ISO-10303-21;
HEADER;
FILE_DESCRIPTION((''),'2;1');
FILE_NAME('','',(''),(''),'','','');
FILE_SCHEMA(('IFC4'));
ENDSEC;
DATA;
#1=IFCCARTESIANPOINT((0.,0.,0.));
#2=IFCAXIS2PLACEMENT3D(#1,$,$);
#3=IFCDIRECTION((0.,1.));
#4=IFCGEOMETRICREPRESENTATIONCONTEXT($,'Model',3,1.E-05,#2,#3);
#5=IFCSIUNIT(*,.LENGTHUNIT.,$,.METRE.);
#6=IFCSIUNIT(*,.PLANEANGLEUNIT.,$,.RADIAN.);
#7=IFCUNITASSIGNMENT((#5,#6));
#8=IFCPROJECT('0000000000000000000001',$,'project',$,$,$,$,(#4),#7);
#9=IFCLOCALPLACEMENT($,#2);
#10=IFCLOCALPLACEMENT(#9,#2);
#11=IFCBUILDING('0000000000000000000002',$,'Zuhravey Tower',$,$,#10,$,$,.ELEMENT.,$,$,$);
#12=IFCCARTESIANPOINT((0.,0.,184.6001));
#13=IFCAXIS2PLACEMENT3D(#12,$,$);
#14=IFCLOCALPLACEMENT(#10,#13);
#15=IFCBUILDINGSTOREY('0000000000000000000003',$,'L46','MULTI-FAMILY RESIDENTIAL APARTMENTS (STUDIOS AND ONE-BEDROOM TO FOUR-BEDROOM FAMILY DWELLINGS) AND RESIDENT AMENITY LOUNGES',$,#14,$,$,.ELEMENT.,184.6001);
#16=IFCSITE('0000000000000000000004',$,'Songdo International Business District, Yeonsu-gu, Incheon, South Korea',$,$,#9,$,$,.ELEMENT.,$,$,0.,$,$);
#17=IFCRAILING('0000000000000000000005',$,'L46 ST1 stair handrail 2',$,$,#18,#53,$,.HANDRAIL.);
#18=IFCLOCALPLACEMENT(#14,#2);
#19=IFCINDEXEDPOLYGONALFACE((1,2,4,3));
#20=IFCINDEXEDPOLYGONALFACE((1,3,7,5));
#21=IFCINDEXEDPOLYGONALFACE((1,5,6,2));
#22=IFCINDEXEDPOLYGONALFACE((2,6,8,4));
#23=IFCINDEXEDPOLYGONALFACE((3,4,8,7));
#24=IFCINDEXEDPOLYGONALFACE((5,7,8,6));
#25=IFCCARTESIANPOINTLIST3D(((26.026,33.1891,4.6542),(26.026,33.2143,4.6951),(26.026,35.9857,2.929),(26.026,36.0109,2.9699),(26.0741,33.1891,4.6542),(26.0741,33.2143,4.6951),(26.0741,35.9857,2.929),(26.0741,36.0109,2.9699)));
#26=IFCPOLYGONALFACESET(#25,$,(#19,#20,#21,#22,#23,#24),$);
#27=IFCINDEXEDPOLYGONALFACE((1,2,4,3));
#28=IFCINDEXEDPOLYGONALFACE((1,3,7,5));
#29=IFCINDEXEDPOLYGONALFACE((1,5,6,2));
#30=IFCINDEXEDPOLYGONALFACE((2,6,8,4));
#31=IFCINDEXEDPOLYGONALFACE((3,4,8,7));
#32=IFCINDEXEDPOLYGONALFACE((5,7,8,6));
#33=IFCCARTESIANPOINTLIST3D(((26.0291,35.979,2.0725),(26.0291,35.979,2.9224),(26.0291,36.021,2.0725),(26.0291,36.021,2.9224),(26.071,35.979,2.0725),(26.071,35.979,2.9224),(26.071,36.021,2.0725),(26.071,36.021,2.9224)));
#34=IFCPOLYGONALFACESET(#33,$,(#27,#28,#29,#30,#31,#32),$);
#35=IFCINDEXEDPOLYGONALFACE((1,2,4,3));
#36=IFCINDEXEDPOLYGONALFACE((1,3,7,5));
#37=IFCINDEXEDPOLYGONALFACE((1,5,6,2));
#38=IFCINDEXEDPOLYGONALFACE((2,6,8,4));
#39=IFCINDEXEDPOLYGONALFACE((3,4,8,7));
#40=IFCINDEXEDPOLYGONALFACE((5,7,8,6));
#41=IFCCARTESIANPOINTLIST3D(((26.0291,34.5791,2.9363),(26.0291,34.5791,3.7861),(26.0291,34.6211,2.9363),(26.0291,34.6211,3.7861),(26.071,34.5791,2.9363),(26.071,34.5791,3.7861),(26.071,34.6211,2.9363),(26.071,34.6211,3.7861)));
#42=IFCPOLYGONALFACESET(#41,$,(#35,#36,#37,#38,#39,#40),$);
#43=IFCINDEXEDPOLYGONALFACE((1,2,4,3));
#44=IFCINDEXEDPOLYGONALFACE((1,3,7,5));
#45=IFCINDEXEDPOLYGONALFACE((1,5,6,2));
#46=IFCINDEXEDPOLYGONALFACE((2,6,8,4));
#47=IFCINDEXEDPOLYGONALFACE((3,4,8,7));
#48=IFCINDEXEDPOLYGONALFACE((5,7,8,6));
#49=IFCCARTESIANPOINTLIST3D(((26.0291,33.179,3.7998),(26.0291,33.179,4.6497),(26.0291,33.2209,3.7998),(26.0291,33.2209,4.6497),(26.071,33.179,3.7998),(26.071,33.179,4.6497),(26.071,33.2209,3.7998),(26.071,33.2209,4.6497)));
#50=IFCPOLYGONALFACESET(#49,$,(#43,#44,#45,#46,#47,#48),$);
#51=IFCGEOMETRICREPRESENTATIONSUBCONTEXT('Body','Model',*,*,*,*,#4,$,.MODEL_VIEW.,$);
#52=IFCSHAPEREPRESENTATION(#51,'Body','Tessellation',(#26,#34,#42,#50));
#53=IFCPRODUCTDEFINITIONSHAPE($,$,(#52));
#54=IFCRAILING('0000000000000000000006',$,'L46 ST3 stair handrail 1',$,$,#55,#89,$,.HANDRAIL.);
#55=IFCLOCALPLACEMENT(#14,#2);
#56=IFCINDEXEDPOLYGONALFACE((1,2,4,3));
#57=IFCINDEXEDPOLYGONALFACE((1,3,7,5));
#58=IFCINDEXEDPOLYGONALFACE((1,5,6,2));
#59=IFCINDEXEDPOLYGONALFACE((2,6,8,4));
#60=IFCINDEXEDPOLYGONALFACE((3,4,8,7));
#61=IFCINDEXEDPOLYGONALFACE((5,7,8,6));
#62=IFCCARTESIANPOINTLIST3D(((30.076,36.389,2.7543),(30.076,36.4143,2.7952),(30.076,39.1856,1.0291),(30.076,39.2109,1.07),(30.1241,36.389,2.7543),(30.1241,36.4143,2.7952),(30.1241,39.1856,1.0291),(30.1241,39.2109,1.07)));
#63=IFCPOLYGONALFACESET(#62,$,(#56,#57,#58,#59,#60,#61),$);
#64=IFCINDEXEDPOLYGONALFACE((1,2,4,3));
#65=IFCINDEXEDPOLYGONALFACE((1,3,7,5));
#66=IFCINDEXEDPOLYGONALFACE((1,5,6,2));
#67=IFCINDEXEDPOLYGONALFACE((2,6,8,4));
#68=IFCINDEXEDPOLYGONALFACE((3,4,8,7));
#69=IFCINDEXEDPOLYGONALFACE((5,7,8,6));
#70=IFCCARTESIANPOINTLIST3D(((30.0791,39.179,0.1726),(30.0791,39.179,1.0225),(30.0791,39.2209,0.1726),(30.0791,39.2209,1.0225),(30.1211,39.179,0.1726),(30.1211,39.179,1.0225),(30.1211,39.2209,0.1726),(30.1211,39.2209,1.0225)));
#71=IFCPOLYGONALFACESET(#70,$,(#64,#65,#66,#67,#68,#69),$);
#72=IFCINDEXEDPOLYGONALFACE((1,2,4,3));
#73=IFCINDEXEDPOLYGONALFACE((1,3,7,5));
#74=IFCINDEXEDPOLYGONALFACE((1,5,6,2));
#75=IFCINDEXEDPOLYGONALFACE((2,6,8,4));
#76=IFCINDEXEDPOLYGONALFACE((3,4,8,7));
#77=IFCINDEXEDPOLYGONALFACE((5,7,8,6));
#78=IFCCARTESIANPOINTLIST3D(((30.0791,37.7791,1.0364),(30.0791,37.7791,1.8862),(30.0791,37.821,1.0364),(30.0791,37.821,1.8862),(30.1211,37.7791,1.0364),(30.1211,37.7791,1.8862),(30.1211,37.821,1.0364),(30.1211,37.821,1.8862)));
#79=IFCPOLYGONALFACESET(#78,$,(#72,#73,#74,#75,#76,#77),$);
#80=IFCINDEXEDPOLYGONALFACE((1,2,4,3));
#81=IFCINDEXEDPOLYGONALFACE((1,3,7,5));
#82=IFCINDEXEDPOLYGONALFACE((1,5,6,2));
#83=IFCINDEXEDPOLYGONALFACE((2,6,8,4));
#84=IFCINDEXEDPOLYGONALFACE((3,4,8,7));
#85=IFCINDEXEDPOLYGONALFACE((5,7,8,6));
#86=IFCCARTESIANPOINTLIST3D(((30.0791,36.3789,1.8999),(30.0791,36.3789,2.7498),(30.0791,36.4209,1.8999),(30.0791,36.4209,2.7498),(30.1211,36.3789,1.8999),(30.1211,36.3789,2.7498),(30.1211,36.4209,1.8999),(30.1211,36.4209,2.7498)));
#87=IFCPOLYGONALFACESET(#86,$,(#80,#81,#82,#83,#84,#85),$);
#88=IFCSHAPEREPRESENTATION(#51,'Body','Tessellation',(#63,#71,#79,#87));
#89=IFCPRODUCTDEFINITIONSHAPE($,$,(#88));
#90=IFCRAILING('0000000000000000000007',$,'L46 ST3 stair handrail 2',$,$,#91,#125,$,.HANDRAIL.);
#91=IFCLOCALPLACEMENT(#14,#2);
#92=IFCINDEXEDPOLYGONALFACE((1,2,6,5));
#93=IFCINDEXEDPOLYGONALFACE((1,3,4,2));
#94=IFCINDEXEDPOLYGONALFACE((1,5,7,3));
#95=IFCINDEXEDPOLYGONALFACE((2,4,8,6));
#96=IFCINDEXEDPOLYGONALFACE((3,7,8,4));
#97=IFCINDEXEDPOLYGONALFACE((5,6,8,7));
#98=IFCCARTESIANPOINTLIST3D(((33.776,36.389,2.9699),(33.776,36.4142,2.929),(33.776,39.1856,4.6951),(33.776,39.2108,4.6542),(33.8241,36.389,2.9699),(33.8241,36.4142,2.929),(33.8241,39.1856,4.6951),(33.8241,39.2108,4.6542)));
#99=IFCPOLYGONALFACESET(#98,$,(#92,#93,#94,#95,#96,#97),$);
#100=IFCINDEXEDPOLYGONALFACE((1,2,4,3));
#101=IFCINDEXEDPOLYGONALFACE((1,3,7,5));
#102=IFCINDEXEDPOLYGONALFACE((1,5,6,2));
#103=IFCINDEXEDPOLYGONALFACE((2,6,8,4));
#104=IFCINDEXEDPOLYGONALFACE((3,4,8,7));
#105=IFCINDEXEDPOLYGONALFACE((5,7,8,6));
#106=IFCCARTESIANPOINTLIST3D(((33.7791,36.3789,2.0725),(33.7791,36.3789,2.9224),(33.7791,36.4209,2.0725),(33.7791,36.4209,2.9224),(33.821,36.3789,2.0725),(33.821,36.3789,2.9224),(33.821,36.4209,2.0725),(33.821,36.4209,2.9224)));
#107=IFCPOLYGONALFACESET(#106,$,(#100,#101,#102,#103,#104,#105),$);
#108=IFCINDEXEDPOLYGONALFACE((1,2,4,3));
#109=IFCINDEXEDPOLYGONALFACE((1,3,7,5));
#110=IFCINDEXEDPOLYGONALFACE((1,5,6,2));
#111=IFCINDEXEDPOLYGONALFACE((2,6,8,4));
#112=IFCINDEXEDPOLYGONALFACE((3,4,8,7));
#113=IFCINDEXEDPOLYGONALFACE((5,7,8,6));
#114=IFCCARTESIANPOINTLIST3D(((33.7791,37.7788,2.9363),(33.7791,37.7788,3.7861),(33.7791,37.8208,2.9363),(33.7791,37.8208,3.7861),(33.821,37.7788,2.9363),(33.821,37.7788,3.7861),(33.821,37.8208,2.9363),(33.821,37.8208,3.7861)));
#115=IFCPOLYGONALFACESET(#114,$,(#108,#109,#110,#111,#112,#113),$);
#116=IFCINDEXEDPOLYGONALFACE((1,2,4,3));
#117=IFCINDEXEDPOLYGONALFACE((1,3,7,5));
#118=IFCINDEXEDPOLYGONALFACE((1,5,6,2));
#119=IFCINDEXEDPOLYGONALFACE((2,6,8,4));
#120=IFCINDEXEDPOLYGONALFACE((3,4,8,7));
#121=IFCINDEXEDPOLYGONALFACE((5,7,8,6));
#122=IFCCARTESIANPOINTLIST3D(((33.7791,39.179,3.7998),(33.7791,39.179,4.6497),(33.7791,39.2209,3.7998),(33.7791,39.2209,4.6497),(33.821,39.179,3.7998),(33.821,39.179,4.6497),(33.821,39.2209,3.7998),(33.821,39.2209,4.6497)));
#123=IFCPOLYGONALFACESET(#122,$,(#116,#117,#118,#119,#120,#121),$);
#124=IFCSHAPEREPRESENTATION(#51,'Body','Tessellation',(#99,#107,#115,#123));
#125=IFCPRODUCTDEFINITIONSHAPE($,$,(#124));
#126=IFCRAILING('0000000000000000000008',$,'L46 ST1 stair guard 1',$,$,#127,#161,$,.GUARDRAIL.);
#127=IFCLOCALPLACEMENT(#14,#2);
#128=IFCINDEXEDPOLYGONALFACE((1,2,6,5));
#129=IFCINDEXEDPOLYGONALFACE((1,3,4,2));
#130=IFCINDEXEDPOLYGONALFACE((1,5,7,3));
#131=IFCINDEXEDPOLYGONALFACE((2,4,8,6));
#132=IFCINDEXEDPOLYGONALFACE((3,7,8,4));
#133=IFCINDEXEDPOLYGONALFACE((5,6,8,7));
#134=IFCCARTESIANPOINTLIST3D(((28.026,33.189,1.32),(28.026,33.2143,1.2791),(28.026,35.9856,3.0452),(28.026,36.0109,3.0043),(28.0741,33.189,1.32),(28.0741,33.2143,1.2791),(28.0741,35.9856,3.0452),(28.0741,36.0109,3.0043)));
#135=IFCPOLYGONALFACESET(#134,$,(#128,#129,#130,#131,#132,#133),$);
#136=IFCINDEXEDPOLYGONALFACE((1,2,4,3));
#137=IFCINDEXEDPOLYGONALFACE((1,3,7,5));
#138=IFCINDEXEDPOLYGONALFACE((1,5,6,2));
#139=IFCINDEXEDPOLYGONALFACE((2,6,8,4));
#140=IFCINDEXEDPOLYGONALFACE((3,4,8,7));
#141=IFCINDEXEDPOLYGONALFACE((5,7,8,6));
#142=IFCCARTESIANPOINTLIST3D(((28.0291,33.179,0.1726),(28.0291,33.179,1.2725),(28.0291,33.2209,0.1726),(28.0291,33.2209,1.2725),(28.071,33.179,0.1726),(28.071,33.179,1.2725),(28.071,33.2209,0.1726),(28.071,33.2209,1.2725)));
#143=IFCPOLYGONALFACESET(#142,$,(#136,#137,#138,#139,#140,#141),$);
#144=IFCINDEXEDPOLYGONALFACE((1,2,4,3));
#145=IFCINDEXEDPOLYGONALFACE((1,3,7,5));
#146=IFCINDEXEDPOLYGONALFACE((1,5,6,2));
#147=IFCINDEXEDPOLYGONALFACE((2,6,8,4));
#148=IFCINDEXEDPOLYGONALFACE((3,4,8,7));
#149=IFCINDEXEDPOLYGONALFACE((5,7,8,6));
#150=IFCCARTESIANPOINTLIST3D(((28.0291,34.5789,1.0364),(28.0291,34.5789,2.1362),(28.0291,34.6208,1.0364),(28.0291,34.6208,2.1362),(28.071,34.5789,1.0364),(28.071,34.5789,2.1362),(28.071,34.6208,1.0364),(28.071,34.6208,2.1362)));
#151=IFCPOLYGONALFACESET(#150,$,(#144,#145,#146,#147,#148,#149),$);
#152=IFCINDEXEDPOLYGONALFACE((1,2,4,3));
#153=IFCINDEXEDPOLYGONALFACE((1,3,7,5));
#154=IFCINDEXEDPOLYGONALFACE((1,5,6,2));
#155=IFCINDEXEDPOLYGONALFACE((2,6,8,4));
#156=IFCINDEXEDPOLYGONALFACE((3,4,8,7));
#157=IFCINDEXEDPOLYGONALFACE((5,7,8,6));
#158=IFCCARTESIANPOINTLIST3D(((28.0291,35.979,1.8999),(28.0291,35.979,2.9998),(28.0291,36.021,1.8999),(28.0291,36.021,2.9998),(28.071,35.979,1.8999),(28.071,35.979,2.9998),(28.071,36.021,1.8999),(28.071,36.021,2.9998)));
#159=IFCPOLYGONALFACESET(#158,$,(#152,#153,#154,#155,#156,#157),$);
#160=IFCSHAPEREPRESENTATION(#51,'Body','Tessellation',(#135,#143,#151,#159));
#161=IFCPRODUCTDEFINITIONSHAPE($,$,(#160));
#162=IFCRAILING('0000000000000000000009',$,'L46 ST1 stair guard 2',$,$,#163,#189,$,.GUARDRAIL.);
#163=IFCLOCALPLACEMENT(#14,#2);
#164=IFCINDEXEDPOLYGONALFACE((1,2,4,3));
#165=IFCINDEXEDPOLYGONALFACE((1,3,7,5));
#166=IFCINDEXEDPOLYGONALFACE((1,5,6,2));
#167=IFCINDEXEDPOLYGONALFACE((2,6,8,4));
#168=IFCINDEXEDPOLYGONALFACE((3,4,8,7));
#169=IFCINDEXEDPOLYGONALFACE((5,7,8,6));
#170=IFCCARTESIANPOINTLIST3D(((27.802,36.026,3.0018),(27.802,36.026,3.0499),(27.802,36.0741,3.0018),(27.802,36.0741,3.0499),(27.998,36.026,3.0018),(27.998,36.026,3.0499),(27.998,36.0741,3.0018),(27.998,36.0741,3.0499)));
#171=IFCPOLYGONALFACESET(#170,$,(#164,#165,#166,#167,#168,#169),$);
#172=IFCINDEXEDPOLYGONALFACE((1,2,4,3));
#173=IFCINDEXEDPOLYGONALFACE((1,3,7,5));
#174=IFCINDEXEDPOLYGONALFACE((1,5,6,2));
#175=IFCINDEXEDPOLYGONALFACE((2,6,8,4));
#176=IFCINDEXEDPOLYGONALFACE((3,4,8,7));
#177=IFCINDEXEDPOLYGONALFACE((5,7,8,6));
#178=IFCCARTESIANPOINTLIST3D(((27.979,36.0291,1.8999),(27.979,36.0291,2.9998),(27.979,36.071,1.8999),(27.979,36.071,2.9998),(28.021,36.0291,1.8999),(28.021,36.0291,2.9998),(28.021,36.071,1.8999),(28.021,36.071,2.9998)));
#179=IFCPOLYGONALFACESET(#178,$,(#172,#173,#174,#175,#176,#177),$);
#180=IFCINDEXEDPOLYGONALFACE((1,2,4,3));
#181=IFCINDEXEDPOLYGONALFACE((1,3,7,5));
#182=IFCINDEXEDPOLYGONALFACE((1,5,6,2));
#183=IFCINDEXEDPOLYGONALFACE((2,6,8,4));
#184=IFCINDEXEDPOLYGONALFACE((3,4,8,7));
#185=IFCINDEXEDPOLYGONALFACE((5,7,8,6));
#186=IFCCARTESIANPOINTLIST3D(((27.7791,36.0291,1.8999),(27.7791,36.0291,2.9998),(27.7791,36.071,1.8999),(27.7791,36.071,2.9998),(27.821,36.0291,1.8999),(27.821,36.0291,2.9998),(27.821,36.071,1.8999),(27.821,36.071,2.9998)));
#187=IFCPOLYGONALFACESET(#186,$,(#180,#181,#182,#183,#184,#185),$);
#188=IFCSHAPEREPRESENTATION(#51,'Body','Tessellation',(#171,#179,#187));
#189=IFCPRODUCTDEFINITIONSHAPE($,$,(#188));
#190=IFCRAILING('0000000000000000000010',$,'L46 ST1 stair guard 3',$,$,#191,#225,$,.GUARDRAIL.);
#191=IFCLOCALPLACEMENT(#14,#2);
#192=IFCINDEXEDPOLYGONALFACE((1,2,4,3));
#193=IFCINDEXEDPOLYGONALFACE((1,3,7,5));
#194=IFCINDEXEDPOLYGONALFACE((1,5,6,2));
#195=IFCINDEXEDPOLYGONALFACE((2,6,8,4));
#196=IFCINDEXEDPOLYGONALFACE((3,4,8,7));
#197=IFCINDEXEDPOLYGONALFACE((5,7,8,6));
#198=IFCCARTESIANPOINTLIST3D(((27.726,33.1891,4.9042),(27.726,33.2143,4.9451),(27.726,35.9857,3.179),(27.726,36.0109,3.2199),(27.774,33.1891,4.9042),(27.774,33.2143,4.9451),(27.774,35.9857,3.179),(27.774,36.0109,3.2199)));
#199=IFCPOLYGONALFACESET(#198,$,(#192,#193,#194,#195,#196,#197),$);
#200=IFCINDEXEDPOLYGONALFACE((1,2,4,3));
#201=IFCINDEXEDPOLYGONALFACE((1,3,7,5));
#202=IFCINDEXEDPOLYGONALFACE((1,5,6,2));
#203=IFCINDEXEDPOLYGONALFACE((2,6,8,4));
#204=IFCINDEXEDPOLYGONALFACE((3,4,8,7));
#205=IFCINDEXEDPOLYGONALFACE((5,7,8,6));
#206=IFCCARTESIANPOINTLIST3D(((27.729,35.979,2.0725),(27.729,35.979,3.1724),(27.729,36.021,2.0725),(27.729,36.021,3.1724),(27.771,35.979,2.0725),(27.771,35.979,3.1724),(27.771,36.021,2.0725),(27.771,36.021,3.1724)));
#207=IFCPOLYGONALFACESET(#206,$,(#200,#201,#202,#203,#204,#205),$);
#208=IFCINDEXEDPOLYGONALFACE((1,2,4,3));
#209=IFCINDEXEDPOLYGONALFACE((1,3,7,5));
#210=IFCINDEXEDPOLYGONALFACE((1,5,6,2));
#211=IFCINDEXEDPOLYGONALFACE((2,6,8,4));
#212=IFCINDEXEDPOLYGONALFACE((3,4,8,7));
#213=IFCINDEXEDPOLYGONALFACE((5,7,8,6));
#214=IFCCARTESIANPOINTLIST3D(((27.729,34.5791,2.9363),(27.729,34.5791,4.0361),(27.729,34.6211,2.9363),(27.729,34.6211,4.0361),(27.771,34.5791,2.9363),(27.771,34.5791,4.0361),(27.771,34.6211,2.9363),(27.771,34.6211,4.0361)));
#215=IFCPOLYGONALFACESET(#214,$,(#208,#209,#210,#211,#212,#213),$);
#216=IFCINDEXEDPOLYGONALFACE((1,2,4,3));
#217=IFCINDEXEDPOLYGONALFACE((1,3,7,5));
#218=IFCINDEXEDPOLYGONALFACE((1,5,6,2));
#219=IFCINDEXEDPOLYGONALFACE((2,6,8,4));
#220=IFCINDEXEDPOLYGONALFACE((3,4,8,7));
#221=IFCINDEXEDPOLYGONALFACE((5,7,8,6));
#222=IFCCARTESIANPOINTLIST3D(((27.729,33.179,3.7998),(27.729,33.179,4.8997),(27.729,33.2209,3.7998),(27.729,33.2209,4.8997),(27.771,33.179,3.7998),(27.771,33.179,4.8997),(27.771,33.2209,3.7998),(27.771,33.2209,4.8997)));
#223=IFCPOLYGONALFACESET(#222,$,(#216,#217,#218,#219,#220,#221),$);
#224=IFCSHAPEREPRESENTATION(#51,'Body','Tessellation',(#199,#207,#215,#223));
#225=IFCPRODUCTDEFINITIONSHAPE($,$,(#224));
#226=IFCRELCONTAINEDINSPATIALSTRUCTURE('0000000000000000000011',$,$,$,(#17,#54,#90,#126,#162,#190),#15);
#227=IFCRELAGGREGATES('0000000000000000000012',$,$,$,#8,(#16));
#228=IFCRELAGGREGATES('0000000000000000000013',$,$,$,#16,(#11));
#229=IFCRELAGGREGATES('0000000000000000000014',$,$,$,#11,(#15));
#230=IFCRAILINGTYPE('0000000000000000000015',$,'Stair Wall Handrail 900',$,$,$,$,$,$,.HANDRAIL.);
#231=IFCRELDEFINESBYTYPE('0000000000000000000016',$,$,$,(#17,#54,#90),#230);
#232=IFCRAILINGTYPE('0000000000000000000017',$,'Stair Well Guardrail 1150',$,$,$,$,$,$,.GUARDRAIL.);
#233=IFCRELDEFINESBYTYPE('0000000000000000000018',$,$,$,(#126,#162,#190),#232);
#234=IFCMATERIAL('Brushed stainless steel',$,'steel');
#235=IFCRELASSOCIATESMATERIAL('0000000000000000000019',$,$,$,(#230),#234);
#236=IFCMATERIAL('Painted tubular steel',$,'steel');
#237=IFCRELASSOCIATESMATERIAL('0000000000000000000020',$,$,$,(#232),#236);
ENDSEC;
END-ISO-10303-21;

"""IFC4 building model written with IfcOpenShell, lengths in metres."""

from ifc_helpers import new_model, si_unit, direction, frame, origin, origin_2d, place, context, subcontext, project, spatial, rectangle, extrude, material, type_object, element, save


model = new_model("IFC4")

# Units and contexts
model_context = context("Model", 3, precision=1e-05, world=origin(), true_north=direction((0.0, 1.0)))
body_context = subcontext(model_context, "Body", "Model", "MODEL_VIEW")
ifc_project = project(units=[si_unit("LENGTHUNIT", "METRE"), si_unit("PLANEANGLEUNIT", "RADIAN")], contexts=[model_context])

# Site, building, storey
site_placement = place(None, origin())
site = spatial("IfcSite", under=ifc_project, at=site_placement, Name="Songdo International Business District, Yeonsu-gu, Incheon, South Korea", CompositionType="ELEMENT", RefElevation=0.0)
building_placement = place(site_placement, origin())
building = spatial("IfcBuilding", under=site, at=building_placement, Name="Zuhravey Tower", CompositionType="ELEMENT")
storey_placement = place(building_placement, frame((0.0, 0.0, 184.6001)))
storey = spatial("IfcBuildingStorey", under=building, at=storey_placement, Name="L46", Description="MULTI-FAMILY RESIDENTIAL APARTMENTS (STUDIOS AND ONE-BEDROOM TO FOUR-BEDROOM FAMILY DWELLINGS) AND RESIDENT AMENITY LOUNGES", CompositionType="ELEMENT", Elevation=184.6001)

# Railings
ifc_material_1 = material(Name="Brushed stainless steel", Category="steel")
railing_type_1 = type_object("IfcRailingType", Name="Stair Wall Handrail 900", PredefinedType="HANDRAIL", material=ifc_material_1)
for number, where, name in (
    (1, (26.05, 36.0, 2.0725), "L46 ST1 stair handrail 2"),
    (2, (30.1001, 39.2, 0.1726), "L46 ST3 stair handrail 1"),
):
    element("IfcRailing", number, at=place(storey_placement, frame(where)), inside=storey, type_object=railing_type_1, Name=name, PredefinedType="HANDRAIL", context=body_context, shape_type="SweptSolid", body=[
        extrude(rectangle(XDim=0.0481, YDim=0.0481, at=origin_2d()), frame((0.0, -0.0017, 0.877), z_axis=(0.0, -0.85109, 0.52502), x_axis=(1.0, 0.0, 0.0)), (0.0, 0.0, 1.0), 3.2859),
        extrude(rectangle(XDim=0.042, YDim=0.042, at=origin_2d()), origin(), (0.0, 0.0, 1.0), 0.8499),
        extrude(rectangle(XDim=0.042, YDim=0.042, at=origin_2d()), frame((0.0, -1.3999, 0.8638)), (0.0, 0.0, 1.0), 0.8499),
        extrude(rectangle(XDim=0.042, YDim=0.042, at=origin_2d()), frame((0.0, -2.8, 1.7273)), (0.0, 0.0, 1.0), 0.8499),
    ])
railing_1_placement = place(storey_placement, frame((33.8, 36.3999, 2.0725)))
element("IfcRailing", 3, at=railing_1_placement, inside=storey, type_object=railing_type_1, Name="L46 ST3 stair handrail 2", PredefinedType="HANDRAIL", context=body_context, shape_type="SweptSolid", body=[
    extrude(rectangle(XDim=0.0481, YDim=0.0481, at=origin_2d()), frame((0.0, 0.0017, 0.877), z_axis=(0.0, 0.85109, 0.52502), x_axis=(-1.0, 0.0, 0.0)), (0.0, 0.0, 1.0), 3.2859),
    extrude(rectangle(XDim=0.042, YDim=0.042, at=origin_2d()), origin(), (0.0, 0.0, 1.0), 0.8499),
    extrude(rectangle(XDim=0.042, YDim=0.042, at=origin_2d()), frame((0.0, 1.3999, 0.8638)), (0.0, 0.0, 1.0), 0.8499),
    extrude(rectangle(XDim=0.042, YDim=0.042, at=origin_2d()), frame((0.0, 2.8, 1.7273)), (0.0, 0.0, 1.0), 0.8499),
])
ifc_material_2 = material(Name="Painted tubular steel", Category="steel")
railing_type_2 = type_object("IfcRailingType", Name="Stair Well Guardrail 1150", PredefinedType="GUARDRAIL", material=ifc_material_2)
railing_2_placement = place(storey_placement, frame((28.05, 33.2, 0.1726)))
element("IfcRailing", 4, at=railing_2_placement, inside=storey, type_object=railing_type_2, Name="L46 ST1 stair guard 1", PredefinedType="GUARDRAIL", context=body_context, shape_type="SweptSolid", body=[
    extrude(rectangle(XDim=0.0481, YDim=0.0481, at=origin_2d()), frame((0.0, 0.0017, 1.127), z_axis=(0.0, 0.85109, 0.52502), x_axis=(-1.0, 0.0, 0.0)), (0.0, 0.0, 1.0), 3.2859),
    extrude(rectangle(XDim=0.042, YDim=0.042, at=origin_2d()), origin(), (0.0, 0.0, 1.0), 1.0999),
    extrude(rectangle(XDim=0.042, YDim=0.042, at=origin_2d()), frame((0.0, 1.3999, 0.8638)), (0.0, 0.0, 1.0), 1.0999),
    extrude(rectangle(XDim=0.042, YDim=0.042, at=origin_2d()), frame((0.0, 2.8, 1.7273)), (0.0, 0.0, 1.0), 1.0999),
])
railing_3_placement = place(storey_placement, frame((28.0, 36.05, 1.8999)))
element("IfcRailing", 5, at=railing_3_placement, inside=storey, type_object=railing_type_2, Name="L46 ST1 stair guard 2", PredefinedType="GUARDRAIL", context=body_context, shape_type="SweptSolid", body=[
    extrude(rectangle(XDim=0.0481, YDim=0.0481, at=origin_2d()), frame((-0.002, 0.0, 1.126), z_axis=(-1.0, 0.0, 0.0), x_axis=(0.0, -1.0, 0.0)), (0.0, 0.0, 1.0), 0.196),
    extrude(rectangle(XDim=0.042, YDim=0.042, at=origin_2d()), origin(), (0.0, 0.0, 1.0), 1.0999),
    extrude(rectangle(XDim=0.042, YDim=0.042, at=origin_2d()), frame((-0.2, 0.0, 0.0)), (0.0, 0.0, 1.0), 1.0999),
])
railing_4_placement = place(storey_placement, frame((27.75, 36.0, 2.0725)))
element("IfcRailing", 6, at=railing_4_placement, inside=storey, type_object=railing_type_2, Name="L46 ST1 stair guard 3", PredefinedType="GUARDRAIL", context=body_context, shape_type="SweptSolid", body=[
    extrude(rectangle(XDim=0.0481, YDim=0.0481, at=origin_2d()), frame((0.0, -0.0017, 1.127), z_axis=(0.0, -0.85109, 0.52502), x_axis=(1.0, 0.0, 0.0)), (0.0, 0.0, 1.0), 3.2859),
    extrude(rectangle(XDim=0.042, YDim=0.042, at=origin_2d()), origin(), (0.0, 0.0, 1.0), 1.0999),
    extrude(rectangle(XDim=0.042, YDim=0.042, at=origin_2d()), frame((0.0, -1.3999, 0.8638)), (0.0, 0.0, 1.0), 1.0999),
    extrude(rectangle(XDim=0.042, YDim=0.042, at=origin_2d()), frame((0.0, -2.8, 1.7273)), (0.0, 0.0, 1.0), 1.0999),
])

save(model, "model.ifc")
